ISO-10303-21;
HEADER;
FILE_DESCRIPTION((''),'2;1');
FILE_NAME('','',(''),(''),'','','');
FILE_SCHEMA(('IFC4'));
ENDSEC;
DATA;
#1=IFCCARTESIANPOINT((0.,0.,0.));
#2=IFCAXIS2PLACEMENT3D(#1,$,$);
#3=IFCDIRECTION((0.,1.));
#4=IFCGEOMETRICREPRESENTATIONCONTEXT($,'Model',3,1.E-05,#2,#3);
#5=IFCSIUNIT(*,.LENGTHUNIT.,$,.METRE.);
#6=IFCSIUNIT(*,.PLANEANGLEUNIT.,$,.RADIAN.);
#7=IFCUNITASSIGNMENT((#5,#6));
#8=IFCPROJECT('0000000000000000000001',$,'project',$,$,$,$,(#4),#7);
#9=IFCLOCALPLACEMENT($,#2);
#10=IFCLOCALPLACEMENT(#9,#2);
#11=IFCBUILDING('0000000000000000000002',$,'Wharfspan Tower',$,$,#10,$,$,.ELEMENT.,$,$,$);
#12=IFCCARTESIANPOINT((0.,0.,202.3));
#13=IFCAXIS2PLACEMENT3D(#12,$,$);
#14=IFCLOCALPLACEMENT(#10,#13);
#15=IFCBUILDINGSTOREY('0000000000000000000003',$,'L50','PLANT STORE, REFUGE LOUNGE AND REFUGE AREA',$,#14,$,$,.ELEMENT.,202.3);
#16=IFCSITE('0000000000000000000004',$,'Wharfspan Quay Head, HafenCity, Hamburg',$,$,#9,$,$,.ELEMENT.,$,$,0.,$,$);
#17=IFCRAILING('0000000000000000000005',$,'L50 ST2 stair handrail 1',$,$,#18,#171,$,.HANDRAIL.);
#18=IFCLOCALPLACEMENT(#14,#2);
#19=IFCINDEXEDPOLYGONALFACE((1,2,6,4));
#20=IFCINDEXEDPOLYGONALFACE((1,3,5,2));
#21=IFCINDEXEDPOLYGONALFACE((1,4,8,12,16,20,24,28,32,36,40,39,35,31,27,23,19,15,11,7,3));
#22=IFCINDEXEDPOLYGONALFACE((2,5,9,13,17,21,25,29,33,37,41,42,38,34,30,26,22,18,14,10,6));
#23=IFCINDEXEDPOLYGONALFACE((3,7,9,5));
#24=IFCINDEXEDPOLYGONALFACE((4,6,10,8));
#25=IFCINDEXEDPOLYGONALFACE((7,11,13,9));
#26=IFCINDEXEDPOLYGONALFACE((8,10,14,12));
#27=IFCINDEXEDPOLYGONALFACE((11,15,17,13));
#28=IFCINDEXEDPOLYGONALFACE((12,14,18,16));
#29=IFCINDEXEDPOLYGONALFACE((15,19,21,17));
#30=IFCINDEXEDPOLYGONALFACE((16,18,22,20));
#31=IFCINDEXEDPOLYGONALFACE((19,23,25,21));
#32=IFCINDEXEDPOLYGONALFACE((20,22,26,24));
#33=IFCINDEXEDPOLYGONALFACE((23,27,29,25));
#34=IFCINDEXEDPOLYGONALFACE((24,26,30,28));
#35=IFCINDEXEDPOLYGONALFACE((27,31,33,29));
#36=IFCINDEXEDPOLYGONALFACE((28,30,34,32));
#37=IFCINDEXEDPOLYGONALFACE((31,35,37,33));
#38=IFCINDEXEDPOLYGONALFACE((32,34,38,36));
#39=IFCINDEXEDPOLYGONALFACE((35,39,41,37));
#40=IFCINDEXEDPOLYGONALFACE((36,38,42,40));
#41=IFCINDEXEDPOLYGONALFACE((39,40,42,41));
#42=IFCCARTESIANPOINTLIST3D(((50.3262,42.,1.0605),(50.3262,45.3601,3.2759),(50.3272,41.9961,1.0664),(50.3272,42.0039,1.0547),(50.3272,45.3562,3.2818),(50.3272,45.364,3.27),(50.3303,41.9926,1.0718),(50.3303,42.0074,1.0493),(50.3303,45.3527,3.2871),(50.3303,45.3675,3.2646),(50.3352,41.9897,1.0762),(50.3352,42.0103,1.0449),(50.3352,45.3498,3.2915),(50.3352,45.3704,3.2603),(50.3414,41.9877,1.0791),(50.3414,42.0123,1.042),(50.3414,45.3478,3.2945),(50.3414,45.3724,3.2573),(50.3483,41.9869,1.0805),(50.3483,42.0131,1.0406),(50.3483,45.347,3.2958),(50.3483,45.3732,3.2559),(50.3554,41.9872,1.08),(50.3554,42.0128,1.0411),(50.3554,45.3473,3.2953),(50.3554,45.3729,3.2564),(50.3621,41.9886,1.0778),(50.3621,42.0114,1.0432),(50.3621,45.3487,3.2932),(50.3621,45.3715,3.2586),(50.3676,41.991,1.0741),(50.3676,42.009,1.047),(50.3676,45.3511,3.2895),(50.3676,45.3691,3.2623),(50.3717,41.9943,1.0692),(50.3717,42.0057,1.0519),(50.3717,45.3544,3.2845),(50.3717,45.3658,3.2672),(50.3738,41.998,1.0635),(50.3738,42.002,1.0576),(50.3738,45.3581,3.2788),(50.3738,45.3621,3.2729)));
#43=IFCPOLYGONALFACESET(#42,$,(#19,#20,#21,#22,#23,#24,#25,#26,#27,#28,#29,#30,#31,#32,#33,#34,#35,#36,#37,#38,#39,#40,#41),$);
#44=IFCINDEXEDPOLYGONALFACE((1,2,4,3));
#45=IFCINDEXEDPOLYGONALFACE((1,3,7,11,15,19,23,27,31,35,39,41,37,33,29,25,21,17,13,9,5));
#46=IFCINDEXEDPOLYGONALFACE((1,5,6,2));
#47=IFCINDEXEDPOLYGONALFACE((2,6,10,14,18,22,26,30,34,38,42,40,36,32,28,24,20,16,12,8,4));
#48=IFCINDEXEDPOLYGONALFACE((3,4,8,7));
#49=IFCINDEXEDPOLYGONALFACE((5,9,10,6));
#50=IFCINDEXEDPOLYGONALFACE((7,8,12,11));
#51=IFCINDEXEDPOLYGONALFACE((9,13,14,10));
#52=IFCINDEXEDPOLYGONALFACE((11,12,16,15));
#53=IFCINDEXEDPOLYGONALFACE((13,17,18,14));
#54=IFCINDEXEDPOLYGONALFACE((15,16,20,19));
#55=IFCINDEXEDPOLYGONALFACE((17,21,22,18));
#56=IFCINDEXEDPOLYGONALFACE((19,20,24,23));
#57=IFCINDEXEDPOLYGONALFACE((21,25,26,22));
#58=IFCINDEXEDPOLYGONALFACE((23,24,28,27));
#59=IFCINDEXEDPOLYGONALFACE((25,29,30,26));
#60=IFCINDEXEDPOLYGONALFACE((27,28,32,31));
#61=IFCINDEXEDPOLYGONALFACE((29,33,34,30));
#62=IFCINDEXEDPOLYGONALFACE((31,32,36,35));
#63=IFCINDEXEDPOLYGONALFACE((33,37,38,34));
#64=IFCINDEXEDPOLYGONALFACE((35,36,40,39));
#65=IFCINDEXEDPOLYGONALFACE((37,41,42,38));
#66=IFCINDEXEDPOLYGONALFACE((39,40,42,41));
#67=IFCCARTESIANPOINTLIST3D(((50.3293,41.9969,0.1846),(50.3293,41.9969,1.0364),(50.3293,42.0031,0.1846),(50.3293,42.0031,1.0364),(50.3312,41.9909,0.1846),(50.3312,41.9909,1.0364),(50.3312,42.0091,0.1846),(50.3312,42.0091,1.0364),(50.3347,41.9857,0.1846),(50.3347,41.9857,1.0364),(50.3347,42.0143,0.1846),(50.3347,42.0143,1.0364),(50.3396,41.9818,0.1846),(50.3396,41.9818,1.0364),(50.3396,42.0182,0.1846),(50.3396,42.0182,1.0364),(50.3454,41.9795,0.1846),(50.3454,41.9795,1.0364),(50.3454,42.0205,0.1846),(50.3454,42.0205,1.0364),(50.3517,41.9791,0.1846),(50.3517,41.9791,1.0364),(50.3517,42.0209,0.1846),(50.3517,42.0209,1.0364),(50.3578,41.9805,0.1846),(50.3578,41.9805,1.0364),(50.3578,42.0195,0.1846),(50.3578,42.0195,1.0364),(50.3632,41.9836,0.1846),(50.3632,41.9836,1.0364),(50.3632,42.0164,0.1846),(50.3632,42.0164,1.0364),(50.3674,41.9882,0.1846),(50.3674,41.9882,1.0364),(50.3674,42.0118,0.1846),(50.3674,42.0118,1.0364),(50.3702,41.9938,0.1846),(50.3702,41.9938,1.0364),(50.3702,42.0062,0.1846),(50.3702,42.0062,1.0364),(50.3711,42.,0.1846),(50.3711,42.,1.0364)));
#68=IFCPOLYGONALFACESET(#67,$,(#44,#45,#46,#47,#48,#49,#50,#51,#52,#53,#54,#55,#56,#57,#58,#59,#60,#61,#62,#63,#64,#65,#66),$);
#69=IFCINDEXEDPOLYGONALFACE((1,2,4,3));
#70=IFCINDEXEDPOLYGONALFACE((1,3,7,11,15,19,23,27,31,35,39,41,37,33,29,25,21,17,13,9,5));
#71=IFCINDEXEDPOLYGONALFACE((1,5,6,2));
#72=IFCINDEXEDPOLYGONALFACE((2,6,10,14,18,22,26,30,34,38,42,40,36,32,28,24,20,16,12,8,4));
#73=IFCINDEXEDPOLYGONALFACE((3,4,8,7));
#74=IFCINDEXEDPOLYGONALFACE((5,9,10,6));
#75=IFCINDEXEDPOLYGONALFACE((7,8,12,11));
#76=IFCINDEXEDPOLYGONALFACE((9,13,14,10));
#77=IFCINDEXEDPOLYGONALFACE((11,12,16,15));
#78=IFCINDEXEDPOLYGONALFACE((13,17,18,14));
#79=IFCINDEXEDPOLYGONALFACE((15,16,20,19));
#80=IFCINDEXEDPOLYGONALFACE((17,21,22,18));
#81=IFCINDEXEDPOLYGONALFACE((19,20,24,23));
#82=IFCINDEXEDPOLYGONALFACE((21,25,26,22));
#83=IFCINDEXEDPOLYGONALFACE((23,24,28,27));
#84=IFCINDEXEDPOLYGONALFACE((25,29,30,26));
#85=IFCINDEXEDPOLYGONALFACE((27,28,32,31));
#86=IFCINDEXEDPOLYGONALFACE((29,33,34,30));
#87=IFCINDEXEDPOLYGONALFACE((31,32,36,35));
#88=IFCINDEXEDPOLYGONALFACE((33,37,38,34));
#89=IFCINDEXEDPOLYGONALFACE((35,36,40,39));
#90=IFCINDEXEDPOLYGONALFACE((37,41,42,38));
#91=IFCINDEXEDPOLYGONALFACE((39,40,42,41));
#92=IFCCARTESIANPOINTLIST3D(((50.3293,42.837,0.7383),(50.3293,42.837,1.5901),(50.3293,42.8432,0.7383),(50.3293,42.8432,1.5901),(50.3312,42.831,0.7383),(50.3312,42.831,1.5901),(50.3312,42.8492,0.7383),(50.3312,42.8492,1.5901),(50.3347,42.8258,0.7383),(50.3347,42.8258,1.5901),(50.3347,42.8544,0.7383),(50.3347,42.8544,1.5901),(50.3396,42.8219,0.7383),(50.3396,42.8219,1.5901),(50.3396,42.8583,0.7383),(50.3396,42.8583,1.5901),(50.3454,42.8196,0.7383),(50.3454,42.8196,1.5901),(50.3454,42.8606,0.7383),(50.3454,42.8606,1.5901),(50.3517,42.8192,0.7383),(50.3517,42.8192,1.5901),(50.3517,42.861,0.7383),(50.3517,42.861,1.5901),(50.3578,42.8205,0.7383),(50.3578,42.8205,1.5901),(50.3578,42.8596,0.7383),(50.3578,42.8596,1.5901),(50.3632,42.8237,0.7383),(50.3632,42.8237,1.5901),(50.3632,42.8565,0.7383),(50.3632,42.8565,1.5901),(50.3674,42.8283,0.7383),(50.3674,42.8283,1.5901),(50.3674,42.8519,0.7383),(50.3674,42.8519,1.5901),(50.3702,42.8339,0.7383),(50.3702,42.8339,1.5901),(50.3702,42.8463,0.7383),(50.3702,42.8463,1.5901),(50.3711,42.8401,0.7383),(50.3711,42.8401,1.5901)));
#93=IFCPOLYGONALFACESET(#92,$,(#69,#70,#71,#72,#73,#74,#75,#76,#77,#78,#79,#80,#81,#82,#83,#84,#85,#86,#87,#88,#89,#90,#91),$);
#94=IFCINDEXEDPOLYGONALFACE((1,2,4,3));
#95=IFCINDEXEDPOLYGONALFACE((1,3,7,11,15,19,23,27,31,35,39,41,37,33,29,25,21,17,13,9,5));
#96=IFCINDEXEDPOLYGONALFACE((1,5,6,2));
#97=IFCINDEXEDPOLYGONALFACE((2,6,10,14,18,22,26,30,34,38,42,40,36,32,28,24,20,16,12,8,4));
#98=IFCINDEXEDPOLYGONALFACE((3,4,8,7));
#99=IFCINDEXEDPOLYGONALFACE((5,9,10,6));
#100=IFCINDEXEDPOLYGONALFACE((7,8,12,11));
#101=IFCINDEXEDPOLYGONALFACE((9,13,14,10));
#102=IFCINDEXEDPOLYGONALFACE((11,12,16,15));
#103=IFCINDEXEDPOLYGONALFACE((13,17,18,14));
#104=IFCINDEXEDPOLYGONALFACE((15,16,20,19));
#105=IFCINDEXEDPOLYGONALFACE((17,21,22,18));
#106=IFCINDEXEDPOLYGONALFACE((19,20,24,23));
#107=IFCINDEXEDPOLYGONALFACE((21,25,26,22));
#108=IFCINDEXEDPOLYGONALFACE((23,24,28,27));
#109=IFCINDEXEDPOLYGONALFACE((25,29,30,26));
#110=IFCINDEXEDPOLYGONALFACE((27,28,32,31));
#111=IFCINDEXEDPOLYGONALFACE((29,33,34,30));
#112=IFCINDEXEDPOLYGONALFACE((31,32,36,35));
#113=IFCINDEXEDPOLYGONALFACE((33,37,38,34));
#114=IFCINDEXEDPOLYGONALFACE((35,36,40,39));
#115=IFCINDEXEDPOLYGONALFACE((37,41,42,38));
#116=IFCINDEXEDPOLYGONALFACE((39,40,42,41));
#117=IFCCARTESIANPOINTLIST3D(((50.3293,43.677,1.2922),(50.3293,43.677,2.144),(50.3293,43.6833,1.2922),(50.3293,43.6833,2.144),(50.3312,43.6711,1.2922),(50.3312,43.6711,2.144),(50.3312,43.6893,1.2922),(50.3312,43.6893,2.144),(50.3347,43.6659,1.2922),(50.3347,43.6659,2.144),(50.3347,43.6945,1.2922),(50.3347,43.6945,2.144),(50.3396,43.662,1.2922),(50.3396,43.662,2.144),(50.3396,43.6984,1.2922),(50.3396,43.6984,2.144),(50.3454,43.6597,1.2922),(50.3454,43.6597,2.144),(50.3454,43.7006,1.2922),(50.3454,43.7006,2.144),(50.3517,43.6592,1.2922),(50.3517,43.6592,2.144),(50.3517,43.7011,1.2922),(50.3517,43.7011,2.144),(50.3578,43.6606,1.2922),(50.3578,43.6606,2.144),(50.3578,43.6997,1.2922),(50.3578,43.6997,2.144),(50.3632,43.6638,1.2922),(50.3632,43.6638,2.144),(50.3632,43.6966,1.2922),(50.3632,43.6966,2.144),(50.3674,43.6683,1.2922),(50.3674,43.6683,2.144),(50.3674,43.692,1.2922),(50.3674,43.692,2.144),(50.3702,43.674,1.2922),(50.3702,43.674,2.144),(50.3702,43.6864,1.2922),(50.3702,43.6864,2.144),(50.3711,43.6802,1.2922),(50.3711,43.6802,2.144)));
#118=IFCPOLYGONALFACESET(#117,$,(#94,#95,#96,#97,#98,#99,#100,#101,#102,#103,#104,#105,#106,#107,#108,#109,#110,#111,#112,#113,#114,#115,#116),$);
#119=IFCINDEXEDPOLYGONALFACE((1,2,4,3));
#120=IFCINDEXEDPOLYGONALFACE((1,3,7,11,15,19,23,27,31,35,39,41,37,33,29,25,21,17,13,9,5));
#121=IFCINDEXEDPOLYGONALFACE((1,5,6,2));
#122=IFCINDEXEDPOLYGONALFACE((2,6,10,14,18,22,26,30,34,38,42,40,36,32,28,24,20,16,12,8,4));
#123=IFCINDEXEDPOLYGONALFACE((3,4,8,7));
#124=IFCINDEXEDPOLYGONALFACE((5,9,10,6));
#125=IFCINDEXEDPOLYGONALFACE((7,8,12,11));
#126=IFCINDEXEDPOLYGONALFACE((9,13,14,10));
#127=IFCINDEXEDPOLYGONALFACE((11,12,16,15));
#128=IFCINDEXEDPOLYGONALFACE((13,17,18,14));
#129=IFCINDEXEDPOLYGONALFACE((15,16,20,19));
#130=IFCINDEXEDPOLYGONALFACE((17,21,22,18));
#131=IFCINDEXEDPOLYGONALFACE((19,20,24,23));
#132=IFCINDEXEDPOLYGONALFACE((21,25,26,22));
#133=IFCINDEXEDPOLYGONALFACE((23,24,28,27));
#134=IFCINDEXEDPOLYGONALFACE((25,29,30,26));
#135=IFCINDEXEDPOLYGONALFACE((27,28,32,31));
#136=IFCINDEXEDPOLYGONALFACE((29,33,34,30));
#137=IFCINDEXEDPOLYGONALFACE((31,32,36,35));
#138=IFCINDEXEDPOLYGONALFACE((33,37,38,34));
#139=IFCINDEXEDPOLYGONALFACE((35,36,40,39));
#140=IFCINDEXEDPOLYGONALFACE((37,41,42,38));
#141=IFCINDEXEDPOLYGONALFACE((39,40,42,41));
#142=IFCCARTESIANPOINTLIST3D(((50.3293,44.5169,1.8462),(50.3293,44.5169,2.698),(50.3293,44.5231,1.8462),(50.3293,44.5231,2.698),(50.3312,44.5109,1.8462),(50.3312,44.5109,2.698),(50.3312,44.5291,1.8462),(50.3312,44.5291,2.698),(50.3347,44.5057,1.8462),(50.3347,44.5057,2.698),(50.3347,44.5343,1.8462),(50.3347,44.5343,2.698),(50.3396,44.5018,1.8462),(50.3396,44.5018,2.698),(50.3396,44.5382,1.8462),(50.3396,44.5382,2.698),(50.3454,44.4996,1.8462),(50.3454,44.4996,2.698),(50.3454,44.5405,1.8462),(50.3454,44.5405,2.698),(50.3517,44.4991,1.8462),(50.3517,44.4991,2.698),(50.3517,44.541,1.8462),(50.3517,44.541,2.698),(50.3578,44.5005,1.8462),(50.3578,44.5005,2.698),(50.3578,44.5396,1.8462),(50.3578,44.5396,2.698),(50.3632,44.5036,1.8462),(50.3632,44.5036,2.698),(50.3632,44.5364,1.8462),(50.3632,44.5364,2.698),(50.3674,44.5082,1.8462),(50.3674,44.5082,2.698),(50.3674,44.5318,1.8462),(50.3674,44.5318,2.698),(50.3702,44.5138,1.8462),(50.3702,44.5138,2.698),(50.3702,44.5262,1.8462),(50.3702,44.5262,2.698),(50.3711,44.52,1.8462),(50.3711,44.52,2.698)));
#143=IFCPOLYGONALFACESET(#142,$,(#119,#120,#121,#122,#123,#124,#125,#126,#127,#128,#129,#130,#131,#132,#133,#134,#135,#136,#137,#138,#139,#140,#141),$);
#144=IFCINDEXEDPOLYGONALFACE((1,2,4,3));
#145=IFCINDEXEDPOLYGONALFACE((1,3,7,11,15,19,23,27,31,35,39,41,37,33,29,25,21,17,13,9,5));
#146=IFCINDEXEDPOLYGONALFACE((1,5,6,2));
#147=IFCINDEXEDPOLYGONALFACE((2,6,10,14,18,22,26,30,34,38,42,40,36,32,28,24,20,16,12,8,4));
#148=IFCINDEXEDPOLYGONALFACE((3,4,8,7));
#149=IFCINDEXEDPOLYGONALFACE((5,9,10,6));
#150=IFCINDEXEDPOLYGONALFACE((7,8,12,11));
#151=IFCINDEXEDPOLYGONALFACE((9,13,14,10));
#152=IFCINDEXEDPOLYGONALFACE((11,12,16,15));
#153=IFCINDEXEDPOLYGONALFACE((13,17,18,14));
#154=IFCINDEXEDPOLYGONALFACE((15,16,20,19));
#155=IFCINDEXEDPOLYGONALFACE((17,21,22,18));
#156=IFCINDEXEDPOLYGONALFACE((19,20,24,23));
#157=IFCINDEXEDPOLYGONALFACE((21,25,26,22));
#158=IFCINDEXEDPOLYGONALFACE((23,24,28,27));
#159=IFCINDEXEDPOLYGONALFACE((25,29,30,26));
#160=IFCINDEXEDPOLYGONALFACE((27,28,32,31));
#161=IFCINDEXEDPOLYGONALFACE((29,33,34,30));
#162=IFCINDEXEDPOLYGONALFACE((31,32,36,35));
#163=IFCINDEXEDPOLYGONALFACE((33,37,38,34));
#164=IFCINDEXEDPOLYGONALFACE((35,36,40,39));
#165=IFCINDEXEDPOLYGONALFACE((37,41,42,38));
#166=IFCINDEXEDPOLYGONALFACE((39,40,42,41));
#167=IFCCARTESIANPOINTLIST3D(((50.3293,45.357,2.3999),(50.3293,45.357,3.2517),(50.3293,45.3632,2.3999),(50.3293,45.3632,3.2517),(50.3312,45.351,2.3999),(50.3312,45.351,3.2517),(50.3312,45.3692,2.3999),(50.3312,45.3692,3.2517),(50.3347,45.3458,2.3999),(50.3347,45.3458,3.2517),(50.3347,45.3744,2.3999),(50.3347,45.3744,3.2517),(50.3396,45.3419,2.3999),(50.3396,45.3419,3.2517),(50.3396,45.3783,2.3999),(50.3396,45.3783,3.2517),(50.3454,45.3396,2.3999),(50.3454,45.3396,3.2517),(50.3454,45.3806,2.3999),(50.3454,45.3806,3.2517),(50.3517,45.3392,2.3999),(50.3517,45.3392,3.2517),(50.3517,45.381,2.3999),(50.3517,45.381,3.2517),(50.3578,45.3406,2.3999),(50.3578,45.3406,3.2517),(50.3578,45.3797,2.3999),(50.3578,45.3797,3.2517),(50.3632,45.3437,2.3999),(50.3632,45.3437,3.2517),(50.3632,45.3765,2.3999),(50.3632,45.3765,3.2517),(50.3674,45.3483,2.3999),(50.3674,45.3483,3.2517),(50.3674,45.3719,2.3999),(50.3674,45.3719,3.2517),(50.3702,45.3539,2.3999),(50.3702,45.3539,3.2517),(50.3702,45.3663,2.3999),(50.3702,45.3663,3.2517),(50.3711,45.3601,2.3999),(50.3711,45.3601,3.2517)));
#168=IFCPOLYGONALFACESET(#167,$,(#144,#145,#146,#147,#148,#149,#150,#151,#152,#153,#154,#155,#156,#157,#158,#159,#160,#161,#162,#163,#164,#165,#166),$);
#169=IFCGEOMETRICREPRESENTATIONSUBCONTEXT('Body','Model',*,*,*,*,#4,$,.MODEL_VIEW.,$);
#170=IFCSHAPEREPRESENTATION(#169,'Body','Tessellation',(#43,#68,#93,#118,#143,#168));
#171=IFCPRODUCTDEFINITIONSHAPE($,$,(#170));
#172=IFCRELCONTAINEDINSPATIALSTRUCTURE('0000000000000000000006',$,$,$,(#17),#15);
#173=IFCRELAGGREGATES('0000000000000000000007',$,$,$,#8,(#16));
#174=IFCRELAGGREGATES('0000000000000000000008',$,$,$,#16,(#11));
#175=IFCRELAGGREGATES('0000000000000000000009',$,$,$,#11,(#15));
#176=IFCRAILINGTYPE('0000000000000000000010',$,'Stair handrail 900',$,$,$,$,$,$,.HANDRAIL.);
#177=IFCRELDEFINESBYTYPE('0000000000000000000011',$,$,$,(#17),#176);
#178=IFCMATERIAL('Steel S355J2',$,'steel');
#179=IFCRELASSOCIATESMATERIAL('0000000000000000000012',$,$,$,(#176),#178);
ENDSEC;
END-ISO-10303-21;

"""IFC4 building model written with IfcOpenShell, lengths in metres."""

from ifc_helpers import new_model, si_unit, direction, frame, origin, origin_2d, place, context, subcontext, project, spatial, circle, extrude, material, type_object, element, save


model = new_model("IFC4")

# Units and contexts
model_context = context("Model", 3, precision=1e-05, world=origin(), true_north=direction((0.0, 1.0)))
body_context = subcontext(model_context, "Body", "Model", "MODEL_VIEW")
ifc_project = project(units=[si_unit("LENGTHUNIT", "METRE"), si_unit("PLANEANGLEUNIT", "RADIAN")], contexts=[model_context])

# Site, building, storey
site_placement = place(None, origin())
site = spatial("IfcSite", under=ifc_project, at=site_placement, Name="Wharfspan Quay Head, HafenCity, Hamburg", CompositionType="ELEMENT", RefElevation=0.0)
building_placement = place(site_placement, origin())
building = spatial("IfcBuilding", under=site, at=building_placement, Name="Wharfspan Tower", CompositionType="ELEMENT")
storey_placement = place(building_placement, frame((0.0, 0.0, 202.3)))
storey = spatial("IfcBuildingStorey", under=building, at=storey_placement, Name="L50", Description="PLANT STORE, REFUGE LOUNGE AND REFUGE AREA", CompositionType="ELEMENT", Elevation=202.3)

# Shared definitions
ifc_material_1 = material(Name="Steel S355J2", Category="steel")

# Railing
railing_type_1 = type_object("IfcRailingType", Name="Stair handrail 900", PredefinedType="HANDRAIL", material=ifc_material_1)
railing_1_placement = place(storey_placement, frame((50.3501, 42.0, 0.1846)))
element("IfcRailing", 1, at=railing_1_placement, inside=storey, type_object=railing_type_1, Name="L50 ST2 stair handrail 1", PredefinedType="HANDRAIL", context=body_context, shape_type="SweptSolid", body=[
    extrude(circle(Radius=0.0239, at=origin_2d()), frame((0.0, 0.0, 0.876), z_axis=(0.0, 0.834876, 0.550437), x_axis=(-1.0, 0.0, 0.0)), (0.0, 0.0, 1.0), 4.0247),
    extrude(circle(Radius=0.021, at=origin_2d()), origin(), (0.0, 0.0, 1.0), 0.8518),
    extrude(circle(Radius=0.021, at=origin_2d()), frame((0.0, 0.8401, 0.5537)), (0.0, 0.0, 1.0), 0.8518),
    extrude(circle(Radius=0.021, at=origin_2d()), frame((0.0, 1.6802, 1.1077)), (0.0, 0.0, 1.0), 0.8518),
    extrude(circle(Radius=0.021, at=origin_2d()), frame((0.0, 2.52, 1.6616)), (0.0, 0.0, 1.0), 0.8518),
    extrude(circle(Radius=0.021, at=origin_2d()), frame((0.0, 3.3601, 2.2153)), (0.0, 0.0, 1.0), 0.8518),
])

save(model, "model.ifc")
